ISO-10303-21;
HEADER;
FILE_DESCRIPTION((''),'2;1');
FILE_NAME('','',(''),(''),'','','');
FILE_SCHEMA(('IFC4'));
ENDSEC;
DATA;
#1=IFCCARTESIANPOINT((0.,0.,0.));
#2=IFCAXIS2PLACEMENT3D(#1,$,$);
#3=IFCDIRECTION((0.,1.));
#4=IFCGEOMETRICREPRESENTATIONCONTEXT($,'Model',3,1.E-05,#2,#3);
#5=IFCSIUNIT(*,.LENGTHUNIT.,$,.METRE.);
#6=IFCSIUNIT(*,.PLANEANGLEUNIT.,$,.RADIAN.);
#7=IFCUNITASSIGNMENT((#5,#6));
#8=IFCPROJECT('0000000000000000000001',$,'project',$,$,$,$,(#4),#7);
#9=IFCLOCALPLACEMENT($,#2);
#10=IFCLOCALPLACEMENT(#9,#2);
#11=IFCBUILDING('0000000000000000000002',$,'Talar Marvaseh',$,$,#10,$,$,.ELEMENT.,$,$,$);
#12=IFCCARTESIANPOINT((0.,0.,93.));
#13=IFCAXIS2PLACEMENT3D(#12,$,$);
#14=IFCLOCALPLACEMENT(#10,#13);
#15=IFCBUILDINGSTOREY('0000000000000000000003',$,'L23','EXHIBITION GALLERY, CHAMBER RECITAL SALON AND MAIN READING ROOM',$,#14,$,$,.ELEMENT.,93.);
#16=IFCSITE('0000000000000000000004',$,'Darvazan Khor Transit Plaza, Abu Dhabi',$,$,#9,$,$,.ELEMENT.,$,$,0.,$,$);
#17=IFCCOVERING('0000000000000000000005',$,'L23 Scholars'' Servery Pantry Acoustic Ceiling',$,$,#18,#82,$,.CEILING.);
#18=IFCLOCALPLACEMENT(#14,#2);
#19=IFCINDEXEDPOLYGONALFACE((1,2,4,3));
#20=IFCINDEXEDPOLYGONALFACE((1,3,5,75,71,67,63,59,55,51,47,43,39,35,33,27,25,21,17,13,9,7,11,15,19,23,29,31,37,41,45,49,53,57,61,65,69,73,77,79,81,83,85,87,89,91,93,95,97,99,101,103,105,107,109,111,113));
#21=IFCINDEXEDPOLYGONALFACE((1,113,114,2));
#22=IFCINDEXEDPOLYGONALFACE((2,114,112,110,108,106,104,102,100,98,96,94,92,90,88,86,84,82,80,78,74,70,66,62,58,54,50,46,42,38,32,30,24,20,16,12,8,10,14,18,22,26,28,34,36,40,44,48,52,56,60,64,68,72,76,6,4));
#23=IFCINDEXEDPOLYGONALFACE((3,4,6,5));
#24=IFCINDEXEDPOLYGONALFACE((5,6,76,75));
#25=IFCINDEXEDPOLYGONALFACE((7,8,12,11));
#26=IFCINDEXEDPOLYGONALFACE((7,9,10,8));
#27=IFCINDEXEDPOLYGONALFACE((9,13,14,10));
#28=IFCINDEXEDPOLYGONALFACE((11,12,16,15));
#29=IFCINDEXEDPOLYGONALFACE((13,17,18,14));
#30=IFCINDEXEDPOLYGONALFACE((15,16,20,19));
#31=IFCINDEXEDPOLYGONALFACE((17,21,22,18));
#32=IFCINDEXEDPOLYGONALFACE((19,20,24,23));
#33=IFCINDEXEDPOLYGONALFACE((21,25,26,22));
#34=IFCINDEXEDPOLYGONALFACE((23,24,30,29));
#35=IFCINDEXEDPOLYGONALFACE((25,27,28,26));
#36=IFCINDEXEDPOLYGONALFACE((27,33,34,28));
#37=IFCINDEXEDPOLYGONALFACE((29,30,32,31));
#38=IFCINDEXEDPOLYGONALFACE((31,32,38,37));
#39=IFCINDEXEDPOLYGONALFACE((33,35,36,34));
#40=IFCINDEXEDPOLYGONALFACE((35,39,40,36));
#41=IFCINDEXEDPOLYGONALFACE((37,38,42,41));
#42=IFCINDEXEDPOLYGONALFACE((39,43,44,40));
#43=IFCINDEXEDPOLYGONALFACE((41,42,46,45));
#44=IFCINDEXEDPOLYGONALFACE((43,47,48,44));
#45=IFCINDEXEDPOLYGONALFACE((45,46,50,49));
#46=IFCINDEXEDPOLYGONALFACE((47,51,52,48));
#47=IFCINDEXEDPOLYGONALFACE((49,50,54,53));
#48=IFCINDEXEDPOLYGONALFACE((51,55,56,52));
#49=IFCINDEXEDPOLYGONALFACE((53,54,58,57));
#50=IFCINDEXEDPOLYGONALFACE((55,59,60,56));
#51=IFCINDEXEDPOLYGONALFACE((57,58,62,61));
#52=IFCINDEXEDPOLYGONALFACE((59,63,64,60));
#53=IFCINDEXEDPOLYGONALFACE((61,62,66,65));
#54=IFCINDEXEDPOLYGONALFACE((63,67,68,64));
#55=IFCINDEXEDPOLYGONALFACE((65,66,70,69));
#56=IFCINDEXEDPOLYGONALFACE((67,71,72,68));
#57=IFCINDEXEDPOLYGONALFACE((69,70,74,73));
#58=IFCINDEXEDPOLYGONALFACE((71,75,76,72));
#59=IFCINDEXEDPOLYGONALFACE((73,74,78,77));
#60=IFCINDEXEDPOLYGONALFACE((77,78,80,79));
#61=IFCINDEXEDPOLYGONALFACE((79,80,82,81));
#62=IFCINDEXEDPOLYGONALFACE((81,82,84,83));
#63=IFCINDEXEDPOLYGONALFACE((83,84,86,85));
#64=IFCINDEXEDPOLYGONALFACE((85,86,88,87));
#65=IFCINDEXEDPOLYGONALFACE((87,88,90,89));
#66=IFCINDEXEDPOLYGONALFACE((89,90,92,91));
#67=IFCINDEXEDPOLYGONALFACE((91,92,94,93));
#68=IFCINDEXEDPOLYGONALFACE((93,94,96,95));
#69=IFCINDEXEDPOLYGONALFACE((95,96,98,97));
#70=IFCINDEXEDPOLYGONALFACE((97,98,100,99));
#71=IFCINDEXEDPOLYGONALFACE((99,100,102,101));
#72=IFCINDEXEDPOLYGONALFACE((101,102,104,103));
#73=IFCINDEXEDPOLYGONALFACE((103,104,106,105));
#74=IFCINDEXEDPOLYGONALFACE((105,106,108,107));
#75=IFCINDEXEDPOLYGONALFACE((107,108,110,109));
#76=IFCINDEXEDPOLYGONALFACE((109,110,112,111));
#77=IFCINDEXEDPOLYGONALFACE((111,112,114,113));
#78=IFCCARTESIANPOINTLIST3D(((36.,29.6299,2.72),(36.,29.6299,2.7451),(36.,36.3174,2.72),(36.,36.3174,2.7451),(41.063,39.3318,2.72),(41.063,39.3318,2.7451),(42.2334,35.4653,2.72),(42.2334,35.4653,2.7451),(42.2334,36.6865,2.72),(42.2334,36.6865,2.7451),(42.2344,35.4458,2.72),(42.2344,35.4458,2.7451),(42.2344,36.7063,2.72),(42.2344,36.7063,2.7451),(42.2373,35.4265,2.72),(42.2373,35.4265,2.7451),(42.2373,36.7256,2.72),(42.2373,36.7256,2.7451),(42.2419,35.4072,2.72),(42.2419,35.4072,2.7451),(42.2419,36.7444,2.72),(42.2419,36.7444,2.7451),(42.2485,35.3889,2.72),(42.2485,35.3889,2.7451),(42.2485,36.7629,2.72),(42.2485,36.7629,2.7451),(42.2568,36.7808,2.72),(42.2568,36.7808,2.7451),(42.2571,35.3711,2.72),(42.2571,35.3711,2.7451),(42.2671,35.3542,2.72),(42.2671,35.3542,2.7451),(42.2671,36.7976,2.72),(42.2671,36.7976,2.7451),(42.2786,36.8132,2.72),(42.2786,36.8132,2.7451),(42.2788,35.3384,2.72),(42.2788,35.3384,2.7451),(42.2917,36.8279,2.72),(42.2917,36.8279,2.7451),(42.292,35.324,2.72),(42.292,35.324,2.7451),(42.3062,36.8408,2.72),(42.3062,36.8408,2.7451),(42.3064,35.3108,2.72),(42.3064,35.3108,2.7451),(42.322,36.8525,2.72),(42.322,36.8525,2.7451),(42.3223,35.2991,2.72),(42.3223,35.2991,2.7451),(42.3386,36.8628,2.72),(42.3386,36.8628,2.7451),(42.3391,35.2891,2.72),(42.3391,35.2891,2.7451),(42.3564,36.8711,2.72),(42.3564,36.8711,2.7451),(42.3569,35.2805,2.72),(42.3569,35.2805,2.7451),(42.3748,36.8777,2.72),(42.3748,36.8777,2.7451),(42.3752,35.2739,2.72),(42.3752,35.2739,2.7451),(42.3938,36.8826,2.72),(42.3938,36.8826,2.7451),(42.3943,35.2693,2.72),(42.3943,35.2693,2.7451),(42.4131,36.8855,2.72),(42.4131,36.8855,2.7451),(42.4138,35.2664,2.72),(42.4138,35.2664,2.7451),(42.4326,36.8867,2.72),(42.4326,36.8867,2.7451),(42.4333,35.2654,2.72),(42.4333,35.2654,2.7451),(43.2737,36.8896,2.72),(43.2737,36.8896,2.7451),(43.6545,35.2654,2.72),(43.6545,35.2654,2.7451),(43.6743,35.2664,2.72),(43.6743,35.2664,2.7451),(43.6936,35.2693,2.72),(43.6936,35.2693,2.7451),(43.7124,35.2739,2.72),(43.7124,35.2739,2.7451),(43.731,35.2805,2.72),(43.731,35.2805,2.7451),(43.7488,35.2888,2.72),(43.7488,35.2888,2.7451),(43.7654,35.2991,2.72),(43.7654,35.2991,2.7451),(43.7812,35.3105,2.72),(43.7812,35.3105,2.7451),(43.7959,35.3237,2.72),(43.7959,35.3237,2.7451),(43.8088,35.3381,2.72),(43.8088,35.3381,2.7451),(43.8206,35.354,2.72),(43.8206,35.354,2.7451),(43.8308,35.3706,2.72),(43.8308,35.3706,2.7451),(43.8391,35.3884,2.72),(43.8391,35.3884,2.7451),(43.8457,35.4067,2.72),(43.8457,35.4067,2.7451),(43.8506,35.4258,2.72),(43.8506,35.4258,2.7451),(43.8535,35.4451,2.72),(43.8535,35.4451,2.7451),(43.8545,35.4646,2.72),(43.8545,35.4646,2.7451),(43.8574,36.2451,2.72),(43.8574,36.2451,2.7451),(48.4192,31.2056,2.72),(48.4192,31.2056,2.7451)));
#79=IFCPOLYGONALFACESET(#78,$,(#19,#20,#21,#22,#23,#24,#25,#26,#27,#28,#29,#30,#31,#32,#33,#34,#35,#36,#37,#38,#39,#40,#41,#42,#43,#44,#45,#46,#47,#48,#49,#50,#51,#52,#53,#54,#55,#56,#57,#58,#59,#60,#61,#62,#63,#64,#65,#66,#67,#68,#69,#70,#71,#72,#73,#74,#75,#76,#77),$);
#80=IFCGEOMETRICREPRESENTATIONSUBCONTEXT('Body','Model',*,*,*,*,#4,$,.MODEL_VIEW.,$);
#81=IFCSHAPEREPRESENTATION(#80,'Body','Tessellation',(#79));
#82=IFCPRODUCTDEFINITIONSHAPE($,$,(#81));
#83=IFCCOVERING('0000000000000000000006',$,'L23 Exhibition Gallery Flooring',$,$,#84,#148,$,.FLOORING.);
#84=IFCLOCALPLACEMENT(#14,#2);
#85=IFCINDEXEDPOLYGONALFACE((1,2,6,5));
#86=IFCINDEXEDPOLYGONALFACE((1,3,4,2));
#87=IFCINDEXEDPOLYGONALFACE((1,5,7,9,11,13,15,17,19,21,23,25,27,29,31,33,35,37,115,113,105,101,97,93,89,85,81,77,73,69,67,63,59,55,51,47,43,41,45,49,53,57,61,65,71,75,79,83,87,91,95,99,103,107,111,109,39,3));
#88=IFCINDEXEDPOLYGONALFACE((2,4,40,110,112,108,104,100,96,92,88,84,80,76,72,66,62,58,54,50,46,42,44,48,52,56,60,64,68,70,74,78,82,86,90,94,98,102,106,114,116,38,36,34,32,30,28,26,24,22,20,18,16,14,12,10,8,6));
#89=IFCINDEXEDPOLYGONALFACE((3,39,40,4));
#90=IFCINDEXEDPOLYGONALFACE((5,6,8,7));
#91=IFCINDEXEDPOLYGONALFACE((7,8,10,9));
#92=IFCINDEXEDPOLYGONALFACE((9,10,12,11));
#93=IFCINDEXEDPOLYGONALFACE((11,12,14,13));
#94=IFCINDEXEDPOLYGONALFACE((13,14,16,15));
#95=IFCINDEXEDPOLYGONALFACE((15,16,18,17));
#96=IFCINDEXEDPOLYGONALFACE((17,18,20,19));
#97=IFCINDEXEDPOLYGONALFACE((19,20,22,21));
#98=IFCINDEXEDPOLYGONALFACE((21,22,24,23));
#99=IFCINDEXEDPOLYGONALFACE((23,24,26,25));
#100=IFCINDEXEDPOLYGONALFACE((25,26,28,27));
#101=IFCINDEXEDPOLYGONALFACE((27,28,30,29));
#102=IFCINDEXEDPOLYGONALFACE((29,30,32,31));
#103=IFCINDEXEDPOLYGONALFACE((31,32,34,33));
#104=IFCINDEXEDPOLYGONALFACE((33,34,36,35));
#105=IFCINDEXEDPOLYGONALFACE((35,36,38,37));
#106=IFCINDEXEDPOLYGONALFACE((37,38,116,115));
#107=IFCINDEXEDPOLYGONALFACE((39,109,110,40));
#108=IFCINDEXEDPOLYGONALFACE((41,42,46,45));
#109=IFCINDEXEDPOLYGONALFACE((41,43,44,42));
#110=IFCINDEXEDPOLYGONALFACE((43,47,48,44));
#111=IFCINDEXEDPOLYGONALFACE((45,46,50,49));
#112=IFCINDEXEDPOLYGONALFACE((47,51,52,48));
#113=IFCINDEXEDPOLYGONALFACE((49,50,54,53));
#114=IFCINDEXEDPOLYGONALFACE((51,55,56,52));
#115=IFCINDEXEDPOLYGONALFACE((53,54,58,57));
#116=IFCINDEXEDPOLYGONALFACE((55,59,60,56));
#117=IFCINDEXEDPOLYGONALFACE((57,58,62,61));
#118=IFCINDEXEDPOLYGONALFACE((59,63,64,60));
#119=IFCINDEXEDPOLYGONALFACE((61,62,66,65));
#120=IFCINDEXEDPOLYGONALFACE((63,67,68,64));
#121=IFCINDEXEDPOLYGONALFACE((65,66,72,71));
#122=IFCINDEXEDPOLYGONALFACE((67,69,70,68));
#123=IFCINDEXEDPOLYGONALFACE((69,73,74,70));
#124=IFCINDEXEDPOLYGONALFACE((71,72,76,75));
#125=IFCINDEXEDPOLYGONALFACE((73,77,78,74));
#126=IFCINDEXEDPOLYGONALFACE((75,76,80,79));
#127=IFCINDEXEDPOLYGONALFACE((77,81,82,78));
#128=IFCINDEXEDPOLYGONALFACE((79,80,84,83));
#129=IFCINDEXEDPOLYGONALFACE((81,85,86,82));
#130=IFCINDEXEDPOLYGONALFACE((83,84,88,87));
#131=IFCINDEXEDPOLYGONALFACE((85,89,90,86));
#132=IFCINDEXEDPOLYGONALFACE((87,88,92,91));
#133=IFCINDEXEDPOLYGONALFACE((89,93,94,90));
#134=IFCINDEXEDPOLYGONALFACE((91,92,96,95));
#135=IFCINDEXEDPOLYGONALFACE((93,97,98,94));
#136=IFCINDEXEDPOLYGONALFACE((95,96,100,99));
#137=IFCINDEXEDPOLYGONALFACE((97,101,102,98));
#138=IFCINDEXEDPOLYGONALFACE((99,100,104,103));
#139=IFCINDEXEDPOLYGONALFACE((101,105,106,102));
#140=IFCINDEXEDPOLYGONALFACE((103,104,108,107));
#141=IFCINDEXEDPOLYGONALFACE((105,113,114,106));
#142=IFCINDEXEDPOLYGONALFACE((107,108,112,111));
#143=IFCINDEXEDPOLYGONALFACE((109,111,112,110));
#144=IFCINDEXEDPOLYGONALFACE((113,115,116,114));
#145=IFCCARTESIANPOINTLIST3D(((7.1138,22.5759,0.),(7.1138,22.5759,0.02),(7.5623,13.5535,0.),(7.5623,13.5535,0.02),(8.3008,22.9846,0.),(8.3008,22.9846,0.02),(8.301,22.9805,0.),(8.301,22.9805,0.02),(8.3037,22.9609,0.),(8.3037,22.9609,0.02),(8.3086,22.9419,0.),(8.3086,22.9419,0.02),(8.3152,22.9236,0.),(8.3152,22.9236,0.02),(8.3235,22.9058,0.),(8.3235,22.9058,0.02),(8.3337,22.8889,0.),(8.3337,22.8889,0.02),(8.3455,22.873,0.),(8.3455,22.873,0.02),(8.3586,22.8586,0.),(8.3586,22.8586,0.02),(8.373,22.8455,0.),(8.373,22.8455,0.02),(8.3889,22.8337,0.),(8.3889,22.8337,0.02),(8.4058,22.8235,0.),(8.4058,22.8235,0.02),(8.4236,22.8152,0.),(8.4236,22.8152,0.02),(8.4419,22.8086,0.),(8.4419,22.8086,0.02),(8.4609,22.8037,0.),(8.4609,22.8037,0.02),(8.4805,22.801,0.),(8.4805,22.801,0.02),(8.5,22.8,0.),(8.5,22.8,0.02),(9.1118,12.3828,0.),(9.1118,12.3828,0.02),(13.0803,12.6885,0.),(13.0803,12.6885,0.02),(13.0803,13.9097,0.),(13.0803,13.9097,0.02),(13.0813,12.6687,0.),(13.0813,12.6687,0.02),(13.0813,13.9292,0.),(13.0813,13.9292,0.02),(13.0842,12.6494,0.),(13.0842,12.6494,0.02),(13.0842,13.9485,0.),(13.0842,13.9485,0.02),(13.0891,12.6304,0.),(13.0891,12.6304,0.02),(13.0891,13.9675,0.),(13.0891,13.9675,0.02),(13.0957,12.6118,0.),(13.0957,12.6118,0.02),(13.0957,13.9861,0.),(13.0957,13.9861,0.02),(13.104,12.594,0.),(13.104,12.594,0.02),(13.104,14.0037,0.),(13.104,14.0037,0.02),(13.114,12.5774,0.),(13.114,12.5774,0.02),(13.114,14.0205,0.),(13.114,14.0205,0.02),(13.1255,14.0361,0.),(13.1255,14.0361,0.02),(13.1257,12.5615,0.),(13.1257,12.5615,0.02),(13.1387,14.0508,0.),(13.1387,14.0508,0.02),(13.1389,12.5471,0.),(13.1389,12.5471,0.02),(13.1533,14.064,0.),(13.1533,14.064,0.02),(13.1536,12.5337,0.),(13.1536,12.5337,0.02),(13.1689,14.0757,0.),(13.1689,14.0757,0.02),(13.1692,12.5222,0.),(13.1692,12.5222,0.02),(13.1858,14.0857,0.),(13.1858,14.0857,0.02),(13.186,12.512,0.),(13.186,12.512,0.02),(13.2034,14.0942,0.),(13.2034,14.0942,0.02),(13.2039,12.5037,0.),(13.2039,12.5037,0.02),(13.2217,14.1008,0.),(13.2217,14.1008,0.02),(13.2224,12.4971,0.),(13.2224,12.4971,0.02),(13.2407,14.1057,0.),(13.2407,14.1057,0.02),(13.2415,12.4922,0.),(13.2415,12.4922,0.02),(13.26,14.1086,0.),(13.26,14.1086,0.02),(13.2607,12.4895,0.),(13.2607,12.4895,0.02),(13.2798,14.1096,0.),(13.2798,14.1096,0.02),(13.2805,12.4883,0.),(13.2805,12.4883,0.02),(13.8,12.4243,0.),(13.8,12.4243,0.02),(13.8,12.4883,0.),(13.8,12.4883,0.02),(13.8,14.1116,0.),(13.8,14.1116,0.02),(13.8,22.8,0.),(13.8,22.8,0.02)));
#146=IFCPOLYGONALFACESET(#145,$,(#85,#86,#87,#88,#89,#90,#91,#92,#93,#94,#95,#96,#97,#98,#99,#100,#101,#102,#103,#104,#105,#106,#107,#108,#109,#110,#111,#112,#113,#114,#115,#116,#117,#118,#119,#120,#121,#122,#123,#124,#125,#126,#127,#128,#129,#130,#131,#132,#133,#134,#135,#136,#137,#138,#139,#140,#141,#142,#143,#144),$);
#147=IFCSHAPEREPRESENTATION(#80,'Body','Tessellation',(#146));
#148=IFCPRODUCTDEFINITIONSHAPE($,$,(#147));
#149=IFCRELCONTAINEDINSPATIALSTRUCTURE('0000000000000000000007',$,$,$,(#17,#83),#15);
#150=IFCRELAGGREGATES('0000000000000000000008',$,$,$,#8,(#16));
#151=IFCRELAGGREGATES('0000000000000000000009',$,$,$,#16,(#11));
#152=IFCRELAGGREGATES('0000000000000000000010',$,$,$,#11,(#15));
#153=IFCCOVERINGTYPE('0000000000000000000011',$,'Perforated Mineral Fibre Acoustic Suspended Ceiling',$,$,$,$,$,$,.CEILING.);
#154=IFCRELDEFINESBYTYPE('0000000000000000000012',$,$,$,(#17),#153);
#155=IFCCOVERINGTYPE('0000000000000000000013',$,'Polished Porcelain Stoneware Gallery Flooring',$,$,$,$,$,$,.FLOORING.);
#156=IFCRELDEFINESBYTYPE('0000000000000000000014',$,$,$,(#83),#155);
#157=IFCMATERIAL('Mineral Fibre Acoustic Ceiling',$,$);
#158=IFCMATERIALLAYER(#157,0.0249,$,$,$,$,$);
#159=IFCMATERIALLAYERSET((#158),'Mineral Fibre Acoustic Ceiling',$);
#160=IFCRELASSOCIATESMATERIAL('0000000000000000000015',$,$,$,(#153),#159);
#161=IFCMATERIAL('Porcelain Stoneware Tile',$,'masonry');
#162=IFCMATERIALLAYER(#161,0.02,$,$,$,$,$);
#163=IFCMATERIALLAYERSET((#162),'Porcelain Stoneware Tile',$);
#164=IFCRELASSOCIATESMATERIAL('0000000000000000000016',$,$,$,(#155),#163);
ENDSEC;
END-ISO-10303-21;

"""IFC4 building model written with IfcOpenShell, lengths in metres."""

from ifc_helpers import new_model, si_unit, direction, frame, origin, place, context, subcontext, project, spatial, polyline, outline, extrude, material, layer, layer_set, type_object, element, save


model = new_model("IFC4")

# Units and contexts
model_context = context("Model", 3, precision=1e-05, world=origin(), true_north=direction((0.0, 1.0)))
body_context = subcontext(model_context, "Body", "Model", "MODEL_VIEW")
ifc_project = project(units=[si_unit("LENGTHUNIT", "METRE"), si_unit("PLANEANGLEUNIT", "RADIAN")], contexts=[model_context])

# Site, building, storey
site_placement = place(None, origin())
site = spatial("IfcSite", under=ifc_project, at=site_placement, Name="Darvazan Khor Transit Plaza, Abu Dhabi", CompositionType="ELEMENT", RefElevation=0.0)
building_placement = place(site_placement, origin())
building = spatial("IfcBuilding", under=site, at=building_placement, Name="Talar Marvaseh", CompositionType="ELEMENT")
storey_placement = place(building_placement, frame((0.0, 0.0, 93.0)))
storey = spatial("IfcBuildingStorey", under=building, at=storey_placement, Name="L23", Description="EXHIBITION GALLERY, CHAMBER RECITAL SALON AND MAIN READING ROOM", CompositionType="ELEMENT", Elevation=93.0)

# Coverings
ifc_material_1 = material(Name="Mineral Fibre Acoustic Ceiling")
ifc_layer_1 = layer(ifc_material_1, 0.0249)
ifc_layer_set_1 = layer_set([ifc_layer_1], Name="Mineral Fibre Acoustic Ceiling")
covering_type_1 = type_object("IfcCoveringType", Name="Perforated Mineral Fibre Acoustic Suspended Ceiling", PredefinedType="CEILING", material=ifc_layer_set_1)
covering_1_placement = place(storey_placement, frame((0.0, 0.0, 2.72)))
element("IfcCovering", 1, at=covering_1_placement, inside=storey, type_object=covering_type_1, Name="L23 Scholars' Servery Pantry Acoustic Ceiling", PredefinedType="CEILING", context=body_context, shape_type="SweptSolid", body=[
    extrude(outline(polyline([(41.063, 39.3318), (43.2737, 36.8896), (42.4326, 36.8867), (42.4131, 36.8855), (42.3938, 36.8826), (42.3748, 36.8777), (42.3564, 36.8711), (42.3386, 36.8628), (42.322, 36.8525), (42.3062, 36.8408), (42.2917, 36.8279), (42.2786, 36.8132), (42.2671, 36.7976), (42.2568, 36.7808), (42.2485, 36.7629), (42.2419, 36.7444), (42.2373, 36.7256), (42.2344, 36.7063), (42.2334, 36.6865), (42.2334, 35.4653), (42.2344, 35.4458), (42.2373, 35.4265), (42.2419, 35.4072), (42.2485, 35.3889), (42.2571, 35.3711), (42.2671, 35.3542), (42.2788, 35.3384), (42.292, 35.324), (42.3064, 35.3108), (42.3223, 35.2991), (42.3391, 35.2891), (42.3569, 35.2805), (42.3752, 35.2739), (42.3943, 35.2693), (42.4138, 35.2664), (42.4333, 35.2654), (43.6545, 35.2654), (43.6743, 35.2664), (43.6936, 35.2693), (43.7124, 35.2739), (43.731, 35.2805), (43.7488, 35.2888), (43.7654, 35.2991), (43.7812, 35.3105), (43.7959, 35.3237), (43.8088, 35.3381), (43.8206, 35.354), (43.8308, 35.3706), (43.8391, 35.3884), (43.8457, 35.4067), (43.8506, 35.4258), (43.8535, 35.4451), (43.8545, 35.4646), (43.8574, 36.2451), (48.4192, 31.2056), (36.0, 29.6299), (36.0, 36.3174), (41.063, 39.3318)])), origin(), (0.0, 0.0, 1.0), 0.0251),
])
ifc_material_2 = material(Name="Porcelain Stoneware Tile", Category="masonry")
ifc_layer_2 = layer(ifc_material_2, 0.02)
ifc_layer_set_2 = layer_set([ifc_layer_2], Name="Porcelain Stoneware Tile")
covering_type_2 = type_object("IfcCoveringType", Name="Polished Porcelain Stoneware Gallery Flooring", PredefinedType="FLOORING", material=ifc_layer_set_2)
covering_2_placement = place(storey_placement, origin())
element("IfcCovering", 2, at=covering_2_placement, inside=storey, type_object=covering_type_2, Name="L23 Exhibition Gallery Flooring", PredefinedType="FLOORING", context=body_context, shape_type="SweptSolid", body=[
    extrude(outline(polyline([(8.3037, 22.9609), (8.3086, 22.9419), (8.3152, 22.9236), (8.3235, 22.9058), (8.3337, 22.8889), (8.3455, 22.873), (8.3586, 22.8586), (8.373, 22.8455), (8.3889, 22.8337), (8.4058, 22.8235), (8.4236, 22.8152), (8.4419, 22.8086), (8.4609, 22.8037), (8.4805, 22.801), (8.5, 22.8), (13.8, 22.8), (13.8, 14.1116), (13.2798, 14.1096), (13.26, 14.1086), (13.2407, 14.1057), (13.2217, 14.1008), (13.2034, 14.0942), (13.1858, 14.0857), (13.1689, 14.0757), (13.1533, 14.064), (13.1387, 14.0508), (13.1255, 14.0361), (13.114, 14.0205), (13.104, 14.0037), (13.0957, 13.9861), (13.0891, 13.9675), (13.0842, 13.9485), (13.0813, 13.9292), (13.0803, 13.9097), (13.0803, 12.6885), (13.0813, 12.6687), (13.0842, 12.6494), (13.0891, 12.6304), (13.0957, 12.6118), (13.104, 12.594), (13.114, 12.5774), (13.1257, 12.5615), (13.1389, 12.5471), (13.1536, 12.5337), (13.1692, 12.5222), (13.186, 12.512), (13.2039, 12.5037), (13.2224, 12.4971), (13.2415, 12.4922), (13.2607, 12.4895), (13.2805, 12.4883), (13.8, 12.4883), (13.8, 12.4243), (9.1118, 12.3828), (7.5623, 13.5535), (7.1138, 22.5759), (8.3008, 22.9846), (8.301, 22.9805), (8.3037, 22.9609)])), origin(), (0.0, 0.0, 1.0), 0.02),
])

save(model, "model.ifc")
